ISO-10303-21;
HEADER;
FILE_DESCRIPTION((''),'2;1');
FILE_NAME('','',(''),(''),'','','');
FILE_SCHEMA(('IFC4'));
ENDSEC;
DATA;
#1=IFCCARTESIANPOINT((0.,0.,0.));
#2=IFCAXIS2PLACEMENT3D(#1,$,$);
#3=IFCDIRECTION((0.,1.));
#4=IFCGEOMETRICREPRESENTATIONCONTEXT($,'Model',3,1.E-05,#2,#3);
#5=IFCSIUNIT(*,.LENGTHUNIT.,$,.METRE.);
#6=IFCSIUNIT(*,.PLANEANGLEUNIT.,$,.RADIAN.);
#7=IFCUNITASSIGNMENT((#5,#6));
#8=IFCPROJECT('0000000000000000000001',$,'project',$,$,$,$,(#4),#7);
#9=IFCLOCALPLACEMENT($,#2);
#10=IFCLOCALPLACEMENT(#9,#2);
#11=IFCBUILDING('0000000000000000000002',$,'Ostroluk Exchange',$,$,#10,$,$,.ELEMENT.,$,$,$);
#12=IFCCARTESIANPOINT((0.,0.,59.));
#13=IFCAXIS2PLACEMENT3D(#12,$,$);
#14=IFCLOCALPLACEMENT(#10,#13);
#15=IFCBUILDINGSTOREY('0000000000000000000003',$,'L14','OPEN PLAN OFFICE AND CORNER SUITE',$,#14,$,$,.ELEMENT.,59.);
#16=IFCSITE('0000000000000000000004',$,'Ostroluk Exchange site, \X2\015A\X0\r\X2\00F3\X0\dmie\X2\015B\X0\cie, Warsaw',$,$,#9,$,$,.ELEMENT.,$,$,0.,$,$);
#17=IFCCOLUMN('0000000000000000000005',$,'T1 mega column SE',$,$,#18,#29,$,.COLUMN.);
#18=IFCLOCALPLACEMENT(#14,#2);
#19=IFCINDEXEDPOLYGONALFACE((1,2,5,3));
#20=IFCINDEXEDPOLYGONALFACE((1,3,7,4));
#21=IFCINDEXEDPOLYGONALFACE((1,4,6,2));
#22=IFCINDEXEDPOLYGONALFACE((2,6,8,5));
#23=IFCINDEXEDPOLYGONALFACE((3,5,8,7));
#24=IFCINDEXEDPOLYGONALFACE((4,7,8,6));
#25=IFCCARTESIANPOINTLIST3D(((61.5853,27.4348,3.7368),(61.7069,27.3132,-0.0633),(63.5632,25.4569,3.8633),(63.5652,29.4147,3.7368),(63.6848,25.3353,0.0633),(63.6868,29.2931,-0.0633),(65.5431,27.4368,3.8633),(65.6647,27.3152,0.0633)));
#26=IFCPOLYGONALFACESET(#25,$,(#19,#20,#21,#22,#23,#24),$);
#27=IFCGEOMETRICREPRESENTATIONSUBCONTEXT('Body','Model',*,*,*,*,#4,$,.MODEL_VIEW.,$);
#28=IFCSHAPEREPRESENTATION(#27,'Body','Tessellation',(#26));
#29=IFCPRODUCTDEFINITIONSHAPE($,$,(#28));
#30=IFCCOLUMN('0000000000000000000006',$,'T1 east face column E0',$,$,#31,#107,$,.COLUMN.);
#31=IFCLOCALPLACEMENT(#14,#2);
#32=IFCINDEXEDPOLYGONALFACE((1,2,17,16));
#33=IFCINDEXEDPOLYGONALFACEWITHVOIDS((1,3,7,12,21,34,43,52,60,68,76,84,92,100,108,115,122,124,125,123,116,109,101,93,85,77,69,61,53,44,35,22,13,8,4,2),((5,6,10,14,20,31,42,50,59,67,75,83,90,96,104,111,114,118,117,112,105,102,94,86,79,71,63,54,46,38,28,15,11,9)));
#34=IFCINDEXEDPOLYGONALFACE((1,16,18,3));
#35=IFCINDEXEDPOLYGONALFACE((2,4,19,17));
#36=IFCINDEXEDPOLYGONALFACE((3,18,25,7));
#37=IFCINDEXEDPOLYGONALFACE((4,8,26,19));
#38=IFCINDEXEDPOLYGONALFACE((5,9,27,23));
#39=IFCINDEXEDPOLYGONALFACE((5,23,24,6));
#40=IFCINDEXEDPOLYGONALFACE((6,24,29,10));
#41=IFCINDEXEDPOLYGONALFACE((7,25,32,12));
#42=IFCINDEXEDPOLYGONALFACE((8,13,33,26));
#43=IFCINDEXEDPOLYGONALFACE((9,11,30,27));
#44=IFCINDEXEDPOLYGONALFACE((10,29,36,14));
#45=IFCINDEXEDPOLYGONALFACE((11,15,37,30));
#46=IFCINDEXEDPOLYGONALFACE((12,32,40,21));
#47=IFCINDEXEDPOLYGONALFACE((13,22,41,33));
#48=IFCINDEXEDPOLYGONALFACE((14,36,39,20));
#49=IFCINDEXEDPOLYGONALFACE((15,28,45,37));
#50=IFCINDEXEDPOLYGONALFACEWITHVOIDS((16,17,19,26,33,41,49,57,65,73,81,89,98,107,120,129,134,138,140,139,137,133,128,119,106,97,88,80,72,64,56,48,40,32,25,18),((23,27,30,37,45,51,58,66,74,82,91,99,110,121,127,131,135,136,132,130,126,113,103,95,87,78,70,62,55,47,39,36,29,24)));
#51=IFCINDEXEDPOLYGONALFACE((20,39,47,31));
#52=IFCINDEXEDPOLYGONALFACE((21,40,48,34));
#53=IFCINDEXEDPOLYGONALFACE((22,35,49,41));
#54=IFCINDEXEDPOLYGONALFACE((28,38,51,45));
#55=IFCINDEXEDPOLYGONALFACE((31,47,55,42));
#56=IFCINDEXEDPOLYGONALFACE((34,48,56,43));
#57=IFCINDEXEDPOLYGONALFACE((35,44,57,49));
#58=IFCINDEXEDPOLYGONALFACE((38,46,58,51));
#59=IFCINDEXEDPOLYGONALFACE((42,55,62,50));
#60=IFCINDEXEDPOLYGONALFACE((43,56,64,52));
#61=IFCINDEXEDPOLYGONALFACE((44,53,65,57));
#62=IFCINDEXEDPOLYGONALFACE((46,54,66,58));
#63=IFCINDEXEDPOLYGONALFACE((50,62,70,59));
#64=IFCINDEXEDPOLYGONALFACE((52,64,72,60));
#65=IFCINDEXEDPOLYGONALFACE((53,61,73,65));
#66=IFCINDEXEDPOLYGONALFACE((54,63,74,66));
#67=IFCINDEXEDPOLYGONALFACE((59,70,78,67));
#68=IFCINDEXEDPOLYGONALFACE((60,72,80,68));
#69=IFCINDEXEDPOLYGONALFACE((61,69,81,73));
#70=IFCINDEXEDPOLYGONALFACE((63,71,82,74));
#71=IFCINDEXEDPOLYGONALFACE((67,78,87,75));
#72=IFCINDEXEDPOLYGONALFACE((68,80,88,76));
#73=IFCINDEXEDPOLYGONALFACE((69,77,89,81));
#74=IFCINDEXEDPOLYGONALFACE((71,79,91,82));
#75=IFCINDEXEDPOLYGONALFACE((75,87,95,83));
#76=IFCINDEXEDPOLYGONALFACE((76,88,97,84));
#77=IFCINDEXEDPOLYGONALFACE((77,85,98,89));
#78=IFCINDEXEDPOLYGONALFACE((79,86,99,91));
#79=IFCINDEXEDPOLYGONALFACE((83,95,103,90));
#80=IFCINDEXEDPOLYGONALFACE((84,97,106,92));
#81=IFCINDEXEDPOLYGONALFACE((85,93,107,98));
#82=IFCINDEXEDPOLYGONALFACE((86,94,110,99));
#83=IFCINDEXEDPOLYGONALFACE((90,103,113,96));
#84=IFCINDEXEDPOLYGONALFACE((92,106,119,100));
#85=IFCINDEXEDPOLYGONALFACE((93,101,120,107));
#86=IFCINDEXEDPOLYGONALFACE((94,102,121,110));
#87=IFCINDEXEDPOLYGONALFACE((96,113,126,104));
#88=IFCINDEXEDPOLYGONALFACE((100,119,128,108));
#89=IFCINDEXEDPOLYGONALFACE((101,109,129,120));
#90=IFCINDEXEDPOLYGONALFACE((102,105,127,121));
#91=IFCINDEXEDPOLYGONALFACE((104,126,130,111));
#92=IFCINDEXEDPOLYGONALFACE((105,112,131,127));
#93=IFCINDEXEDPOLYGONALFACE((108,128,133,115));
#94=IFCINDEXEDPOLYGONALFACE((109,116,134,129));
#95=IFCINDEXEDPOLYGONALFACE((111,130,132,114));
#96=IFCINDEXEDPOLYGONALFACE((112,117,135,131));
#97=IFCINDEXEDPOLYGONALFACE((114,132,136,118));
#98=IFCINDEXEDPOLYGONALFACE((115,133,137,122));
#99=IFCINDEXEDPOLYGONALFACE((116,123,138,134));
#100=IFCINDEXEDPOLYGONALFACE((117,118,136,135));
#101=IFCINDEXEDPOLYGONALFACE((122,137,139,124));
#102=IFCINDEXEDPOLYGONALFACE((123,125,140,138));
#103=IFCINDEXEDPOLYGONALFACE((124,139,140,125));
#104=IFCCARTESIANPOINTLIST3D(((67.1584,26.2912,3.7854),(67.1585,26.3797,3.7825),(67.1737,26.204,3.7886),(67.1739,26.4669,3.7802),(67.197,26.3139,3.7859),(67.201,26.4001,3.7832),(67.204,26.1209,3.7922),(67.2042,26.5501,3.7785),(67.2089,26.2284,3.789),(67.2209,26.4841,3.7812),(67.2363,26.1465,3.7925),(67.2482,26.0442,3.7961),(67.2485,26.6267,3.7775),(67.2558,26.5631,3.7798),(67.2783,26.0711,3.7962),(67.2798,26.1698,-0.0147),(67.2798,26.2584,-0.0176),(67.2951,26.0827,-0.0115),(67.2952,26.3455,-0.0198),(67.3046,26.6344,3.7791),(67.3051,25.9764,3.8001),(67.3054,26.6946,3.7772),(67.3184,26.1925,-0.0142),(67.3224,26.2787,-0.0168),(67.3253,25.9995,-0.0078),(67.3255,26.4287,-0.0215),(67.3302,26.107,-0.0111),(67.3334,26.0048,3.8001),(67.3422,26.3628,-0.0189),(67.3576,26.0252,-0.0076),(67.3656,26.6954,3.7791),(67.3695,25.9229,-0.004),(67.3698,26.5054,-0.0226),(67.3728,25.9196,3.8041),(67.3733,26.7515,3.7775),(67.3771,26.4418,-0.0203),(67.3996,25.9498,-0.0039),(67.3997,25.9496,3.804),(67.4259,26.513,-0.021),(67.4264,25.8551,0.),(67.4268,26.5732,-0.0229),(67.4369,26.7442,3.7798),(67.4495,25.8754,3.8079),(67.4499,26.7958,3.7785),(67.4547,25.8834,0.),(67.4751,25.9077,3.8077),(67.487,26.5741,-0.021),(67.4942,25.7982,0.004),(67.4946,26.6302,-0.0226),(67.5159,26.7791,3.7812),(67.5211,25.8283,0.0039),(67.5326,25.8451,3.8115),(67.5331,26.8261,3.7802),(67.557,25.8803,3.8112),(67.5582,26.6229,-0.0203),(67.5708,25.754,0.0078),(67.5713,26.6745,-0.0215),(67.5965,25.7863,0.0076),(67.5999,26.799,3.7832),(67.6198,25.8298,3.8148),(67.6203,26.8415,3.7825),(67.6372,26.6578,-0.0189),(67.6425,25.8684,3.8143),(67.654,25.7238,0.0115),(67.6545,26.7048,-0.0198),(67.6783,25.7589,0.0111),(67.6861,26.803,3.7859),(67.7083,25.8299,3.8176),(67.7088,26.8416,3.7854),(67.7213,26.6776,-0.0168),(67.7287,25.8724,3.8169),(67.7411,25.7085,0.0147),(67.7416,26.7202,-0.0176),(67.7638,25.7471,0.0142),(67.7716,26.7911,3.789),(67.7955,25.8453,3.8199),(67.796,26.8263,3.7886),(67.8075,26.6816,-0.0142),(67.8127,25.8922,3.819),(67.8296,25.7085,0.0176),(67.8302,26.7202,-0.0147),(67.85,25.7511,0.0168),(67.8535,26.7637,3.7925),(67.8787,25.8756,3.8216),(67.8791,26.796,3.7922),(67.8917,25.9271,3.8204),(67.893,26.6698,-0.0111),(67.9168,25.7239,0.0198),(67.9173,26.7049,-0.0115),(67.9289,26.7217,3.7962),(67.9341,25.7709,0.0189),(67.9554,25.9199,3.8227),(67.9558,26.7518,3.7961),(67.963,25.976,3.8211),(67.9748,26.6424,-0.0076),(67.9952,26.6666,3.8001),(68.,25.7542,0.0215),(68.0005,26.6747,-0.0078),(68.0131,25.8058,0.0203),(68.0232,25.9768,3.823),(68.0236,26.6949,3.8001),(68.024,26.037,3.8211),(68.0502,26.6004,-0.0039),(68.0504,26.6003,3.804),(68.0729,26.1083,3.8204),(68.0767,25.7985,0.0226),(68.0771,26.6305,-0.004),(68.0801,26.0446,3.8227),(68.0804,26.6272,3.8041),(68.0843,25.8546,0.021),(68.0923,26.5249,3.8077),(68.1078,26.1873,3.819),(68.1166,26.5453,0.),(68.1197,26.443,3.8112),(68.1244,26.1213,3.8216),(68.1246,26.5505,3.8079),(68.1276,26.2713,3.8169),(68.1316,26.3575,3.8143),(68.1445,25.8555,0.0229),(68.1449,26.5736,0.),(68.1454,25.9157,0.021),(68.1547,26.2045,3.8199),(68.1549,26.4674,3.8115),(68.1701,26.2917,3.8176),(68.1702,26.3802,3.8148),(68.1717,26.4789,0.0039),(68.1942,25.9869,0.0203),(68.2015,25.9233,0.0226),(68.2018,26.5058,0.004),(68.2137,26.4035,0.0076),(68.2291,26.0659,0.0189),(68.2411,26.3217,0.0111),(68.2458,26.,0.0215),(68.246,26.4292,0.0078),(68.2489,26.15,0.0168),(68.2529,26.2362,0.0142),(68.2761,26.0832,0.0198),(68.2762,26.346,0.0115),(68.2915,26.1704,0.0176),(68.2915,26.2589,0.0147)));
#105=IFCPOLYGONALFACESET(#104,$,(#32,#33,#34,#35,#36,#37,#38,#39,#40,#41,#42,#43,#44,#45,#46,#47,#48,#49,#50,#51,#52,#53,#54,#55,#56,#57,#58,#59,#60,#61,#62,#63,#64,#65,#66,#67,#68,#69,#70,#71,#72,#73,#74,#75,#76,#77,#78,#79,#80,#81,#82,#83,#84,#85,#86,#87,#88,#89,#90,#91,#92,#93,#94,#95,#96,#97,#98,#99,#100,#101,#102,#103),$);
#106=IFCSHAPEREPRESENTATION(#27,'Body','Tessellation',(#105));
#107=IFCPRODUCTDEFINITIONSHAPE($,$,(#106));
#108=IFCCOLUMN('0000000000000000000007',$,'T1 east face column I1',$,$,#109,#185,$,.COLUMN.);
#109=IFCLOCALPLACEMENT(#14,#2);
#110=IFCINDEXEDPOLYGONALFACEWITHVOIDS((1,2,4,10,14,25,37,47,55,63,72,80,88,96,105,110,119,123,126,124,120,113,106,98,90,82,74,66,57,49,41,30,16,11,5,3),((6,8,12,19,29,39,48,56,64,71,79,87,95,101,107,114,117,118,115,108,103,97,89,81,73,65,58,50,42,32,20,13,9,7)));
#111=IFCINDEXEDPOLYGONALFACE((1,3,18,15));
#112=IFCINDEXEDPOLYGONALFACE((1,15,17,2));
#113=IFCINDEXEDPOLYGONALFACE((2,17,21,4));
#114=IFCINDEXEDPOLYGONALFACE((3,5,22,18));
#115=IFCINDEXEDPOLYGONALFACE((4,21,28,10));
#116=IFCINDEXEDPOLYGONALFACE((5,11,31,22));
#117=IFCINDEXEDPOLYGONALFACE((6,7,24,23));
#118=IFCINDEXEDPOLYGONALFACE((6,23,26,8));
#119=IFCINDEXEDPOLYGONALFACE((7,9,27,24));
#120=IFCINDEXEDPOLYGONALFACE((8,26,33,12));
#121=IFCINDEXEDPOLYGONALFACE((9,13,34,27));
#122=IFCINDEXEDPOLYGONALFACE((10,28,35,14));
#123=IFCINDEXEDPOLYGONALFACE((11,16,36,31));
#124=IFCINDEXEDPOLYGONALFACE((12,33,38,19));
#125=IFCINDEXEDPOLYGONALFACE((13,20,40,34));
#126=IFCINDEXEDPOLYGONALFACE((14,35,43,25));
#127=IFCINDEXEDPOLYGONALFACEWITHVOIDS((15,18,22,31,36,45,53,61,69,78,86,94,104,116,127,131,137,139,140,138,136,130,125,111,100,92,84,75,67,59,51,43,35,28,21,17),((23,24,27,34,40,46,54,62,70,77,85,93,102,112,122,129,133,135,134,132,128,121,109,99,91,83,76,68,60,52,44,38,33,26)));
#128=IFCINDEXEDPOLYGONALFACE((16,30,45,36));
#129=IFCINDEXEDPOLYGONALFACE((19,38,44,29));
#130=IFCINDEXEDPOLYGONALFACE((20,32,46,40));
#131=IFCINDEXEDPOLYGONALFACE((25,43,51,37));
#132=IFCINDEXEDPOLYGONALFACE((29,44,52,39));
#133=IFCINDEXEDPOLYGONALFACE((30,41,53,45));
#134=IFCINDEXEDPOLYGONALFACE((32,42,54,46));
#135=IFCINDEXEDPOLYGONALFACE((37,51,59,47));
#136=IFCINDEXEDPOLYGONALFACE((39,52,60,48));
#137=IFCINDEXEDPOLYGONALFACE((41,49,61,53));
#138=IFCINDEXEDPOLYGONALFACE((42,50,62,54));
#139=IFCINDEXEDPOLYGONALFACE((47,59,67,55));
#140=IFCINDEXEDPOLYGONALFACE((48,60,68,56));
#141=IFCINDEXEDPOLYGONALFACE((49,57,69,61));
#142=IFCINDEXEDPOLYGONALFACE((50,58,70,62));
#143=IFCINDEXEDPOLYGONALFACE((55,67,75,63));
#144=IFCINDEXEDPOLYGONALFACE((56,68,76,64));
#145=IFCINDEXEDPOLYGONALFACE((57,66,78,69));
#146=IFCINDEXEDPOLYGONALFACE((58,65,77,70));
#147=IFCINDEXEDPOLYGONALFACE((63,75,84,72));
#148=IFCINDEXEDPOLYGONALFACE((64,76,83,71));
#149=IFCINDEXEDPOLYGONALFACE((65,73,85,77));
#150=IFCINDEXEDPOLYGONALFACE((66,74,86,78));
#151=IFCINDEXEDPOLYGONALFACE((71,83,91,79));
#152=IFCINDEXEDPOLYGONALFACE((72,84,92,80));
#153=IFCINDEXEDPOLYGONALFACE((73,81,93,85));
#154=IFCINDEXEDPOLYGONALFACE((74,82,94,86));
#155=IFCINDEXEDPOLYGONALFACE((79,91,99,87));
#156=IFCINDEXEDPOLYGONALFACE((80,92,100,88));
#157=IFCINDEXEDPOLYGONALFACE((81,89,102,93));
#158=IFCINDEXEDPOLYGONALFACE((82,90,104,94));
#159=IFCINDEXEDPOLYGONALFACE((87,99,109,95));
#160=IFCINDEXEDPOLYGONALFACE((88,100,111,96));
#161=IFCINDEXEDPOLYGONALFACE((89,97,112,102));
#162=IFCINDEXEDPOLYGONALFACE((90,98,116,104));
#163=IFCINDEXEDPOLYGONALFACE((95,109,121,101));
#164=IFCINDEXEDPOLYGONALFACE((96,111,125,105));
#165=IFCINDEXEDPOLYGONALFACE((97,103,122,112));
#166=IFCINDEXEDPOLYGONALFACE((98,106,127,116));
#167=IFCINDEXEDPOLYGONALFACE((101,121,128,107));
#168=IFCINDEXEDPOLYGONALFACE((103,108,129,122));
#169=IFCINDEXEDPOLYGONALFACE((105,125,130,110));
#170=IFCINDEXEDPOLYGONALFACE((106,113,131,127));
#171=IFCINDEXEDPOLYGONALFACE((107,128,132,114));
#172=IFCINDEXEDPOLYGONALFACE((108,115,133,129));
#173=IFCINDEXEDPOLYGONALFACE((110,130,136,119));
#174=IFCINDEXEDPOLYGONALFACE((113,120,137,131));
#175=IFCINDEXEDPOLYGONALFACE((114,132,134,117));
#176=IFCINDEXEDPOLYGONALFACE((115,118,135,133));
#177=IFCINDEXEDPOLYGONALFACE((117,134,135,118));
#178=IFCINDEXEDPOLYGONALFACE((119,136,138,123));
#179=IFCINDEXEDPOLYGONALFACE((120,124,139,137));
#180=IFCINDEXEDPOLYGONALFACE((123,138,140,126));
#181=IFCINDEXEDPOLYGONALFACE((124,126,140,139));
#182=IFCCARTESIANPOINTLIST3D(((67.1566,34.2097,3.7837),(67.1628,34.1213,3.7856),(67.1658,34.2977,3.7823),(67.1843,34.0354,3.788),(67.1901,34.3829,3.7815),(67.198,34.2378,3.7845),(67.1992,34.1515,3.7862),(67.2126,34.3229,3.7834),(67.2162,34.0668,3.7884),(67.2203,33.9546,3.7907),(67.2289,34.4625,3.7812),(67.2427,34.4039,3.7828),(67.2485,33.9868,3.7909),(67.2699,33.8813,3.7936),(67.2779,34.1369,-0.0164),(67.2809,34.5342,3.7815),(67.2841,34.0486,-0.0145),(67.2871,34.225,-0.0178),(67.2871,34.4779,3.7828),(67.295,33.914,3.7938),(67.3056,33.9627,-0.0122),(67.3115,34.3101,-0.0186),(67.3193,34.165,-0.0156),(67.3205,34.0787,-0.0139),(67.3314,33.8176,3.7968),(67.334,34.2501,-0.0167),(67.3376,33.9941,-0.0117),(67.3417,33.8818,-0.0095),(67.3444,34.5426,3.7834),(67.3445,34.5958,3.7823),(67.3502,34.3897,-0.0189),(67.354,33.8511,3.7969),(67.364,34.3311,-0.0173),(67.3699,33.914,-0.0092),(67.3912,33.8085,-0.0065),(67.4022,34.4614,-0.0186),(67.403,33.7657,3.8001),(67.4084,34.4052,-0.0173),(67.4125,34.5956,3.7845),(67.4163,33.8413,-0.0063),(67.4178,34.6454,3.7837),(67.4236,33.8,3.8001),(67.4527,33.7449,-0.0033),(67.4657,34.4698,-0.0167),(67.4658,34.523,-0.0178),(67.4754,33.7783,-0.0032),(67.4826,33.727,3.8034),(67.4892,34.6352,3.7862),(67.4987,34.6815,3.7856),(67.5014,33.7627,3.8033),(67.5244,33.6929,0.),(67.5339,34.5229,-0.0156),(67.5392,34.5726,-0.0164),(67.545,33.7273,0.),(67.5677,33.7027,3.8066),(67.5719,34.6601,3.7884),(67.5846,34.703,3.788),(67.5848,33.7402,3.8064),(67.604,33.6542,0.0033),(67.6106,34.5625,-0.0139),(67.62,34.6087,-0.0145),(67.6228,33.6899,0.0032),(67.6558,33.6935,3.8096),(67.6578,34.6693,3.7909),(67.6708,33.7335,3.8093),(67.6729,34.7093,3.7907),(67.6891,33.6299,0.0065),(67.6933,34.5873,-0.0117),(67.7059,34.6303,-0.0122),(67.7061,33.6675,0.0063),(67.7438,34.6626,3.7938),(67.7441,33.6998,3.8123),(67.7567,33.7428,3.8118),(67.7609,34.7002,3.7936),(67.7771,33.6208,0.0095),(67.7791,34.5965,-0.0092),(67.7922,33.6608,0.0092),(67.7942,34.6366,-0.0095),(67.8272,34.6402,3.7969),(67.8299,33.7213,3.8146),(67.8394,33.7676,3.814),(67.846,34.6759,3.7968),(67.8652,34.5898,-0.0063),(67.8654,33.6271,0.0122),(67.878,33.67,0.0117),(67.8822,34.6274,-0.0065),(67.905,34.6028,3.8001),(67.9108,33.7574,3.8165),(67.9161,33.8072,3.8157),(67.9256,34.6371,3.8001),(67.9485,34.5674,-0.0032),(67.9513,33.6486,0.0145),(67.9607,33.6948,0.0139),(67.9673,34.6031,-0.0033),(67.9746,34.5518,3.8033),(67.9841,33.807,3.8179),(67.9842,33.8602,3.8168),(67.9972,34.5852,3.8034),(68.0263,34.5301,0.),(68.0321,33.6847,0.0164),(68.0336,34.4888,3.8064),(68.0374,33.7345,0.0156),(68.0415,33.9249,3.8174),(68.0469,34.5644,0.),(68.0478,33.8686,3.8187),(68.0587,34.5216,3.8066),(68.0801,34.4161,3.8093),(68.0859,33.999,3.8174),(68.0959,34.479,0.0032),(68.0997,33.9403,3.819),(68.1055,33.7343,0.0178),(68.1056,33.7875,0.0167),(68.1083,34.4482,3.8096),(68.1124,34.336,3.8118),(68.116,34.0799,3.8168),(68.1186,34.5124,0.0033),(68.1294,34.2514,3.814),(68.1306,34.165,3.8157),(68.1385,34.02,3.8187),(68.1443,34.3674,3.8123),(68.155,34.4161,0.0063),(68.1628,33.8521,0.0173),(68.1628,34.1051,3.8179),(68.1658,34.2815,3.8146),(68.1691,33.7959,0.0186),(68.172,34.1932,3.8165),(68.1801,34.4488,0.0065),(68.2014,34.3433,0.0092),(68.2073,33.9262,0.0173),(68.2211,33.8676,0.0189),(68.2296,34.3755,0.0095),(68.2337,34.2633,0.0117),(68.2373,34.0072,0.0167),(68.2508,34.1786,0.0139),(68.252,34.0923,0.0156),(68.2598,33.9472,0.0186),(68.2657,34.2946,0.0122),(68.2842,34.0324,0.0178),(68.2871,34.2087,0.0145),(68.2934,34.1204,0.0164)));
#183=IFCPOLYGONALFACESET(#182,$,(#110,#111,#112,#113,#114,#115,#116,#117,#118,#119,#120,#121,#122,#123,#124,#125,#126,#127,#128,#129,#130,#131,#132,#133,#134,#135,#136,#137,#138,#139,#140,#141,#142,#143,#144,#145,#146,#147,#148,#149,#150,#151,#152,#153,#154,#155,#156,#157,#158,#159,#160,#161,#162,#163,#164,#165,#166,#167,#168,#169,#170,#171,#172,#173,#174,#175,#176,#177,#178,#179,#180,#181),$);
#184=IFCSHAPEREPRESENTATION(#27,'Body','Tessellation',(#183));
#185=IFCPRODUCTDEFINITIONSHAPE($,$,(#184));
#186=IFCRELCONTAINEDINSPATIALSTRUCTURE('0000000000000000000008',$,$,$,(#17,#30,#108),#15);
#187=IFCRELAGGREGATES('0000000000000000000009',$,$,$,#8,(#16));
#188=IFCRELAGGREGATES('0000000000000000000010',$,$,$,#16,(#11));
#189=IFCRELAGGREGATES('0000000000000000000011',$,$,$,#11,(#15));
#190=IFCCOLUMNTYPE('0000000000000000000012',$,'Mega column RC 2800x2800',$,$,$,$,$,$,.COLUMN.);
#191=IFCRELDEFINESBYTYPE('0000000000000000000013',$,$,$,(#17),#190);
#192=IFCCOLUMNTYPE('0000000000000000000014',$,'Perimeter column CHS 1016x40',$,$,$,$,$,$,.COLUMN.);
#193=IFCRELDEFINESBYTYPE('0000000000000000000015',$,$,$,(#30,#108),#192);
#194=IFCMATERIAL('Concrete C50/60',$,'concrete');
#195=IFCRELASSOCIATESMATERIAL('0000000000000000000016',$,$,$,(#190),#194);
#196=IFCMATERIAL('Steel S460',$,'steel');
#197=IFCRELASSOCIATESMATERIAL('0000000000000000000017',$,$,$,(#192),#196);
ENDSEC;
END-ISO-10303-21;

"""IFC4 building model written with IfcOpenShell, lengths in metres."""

from ifc_helpers import new_model, si_unit, direction, frame, origin, origin_2d, place, context, subcontext, project, spatial, rectangle, hollow_circle, extrude, material, material_profile, profile_set, type_object, element, save


model = new_model("IFC4")

# Units and contexts
model_context = context("Model", 3, precision=1e-05, world=origin(), true_north=direction((0.0, 1.0)))
body_context = subcontext(model_context, "Body", "Model", "MODEL_VIEW")
ifc_project = project(units=[si_unit("LENGTHUNIT", "METRE"), si_unit("PLANEANGLEUNIT", "RADIAN")], contexts=[model_context])

# Site, building, storey
site_placement = place(None, origin())
site = spatial("IfcSite", under=ifc_project, at=site_placement, Name="Ostroluk Exchange site, Śródmieście, Warsaw", CompositionType="ELEMENT", RefElevation=0.0)
building_placement = place(site_placement, origin())
building = spatial("IfcBuilding", under=site, at=building_placement, Name="Ostroluk Exchange", CompositionType="ELEMENT")
storey_placement = place(building_placement, frame((0.0, 0.0, 59.0)))
storey = spatial("IfcBuildingStorey", under=building, at=storey_placement, Name="L14", Description="OPEN PLAN OFFICE AND CORNER SUITE", CompositionType="ELEMENT", Elevation=59.0)

# Columns
ifc_material_1 = material(Name="Concrete C50/60", Category="concrete")
ifc_material_profile_1 = material_profile(ifc_material_1, rectangle(XDim=2.8, YDim=2.8, at=origin_2d()), Name="RC 2800x2800")
ifc_profile_set_1 = profile_set([ifc_material_profile_1], Name="Concrete C50/60")
column_type_1 = type_object("IfcColumnType", Name="Mega column RC 2800x2800", PredefinedType="COLUMN", material=ifc_profile_set_1)
column_1_placement = place(storey_placement, frame((63.6858, 27.3142, 0.0), z_axis=(-0.031962, 0.031962, 0.998978), x_axis=(-0.707107, -0.707107, 0.0)))
element("IfcColumn", 1, at=column_1_placement, inside=storey, type_object=column_type_1, Name="T1 mega column SE", PredefinedType="COLUMN", context=body_context, shape_type="SweptSolid", body=[
    extrude(rectangle(XDim=2.8, YDim=2.8, at=origin_2d()), origin(), (0.0, 0.0, 1.0), 3.804),
])
ifc_material_2 = material(Name="Steel S460", Category="steel")
ifc_material_profile_2 = material_profile(ifc_material_2, hollow_circle(Radius=0.5081, WallThickness=0.04, at=origin_2d()), Name="CHS 1016x40")
ifc_profile_set_2 = profile_set([ifc_material_profile_2], Name="Steel S460")
column_type_2 = type_object("IfcColumnType", Name="Perimeter column CHS 1016x40", PredefinedType="COLUMN", material=ifc_profile_set_2)
column_2_placement = place(storey_placement, frame((67.7856, 26.2144, 0.0), z_axis=(-0.031898, 0.031898, 0.998982), x_axis=(-0.707107, -0.707107, 0.0)))
element("IfcColumn", 2, at=column_2_placement, inside=storey, type_object=column_type_2, Name="T1 east face column E0", PredefinedType="COLUMN", context=body_context, shape_type="SweptSolid", body=[
    extrude(hollow_circle(Radius=0.5081, WallThickness=0.04, at=origin_2d()), origin(), (0.0, 0.0, 1.0), 3.804),
])
column_3_placement = place(storey_placement, frame((67.7856, 34.1287, 0.0), z_axis=(-0.031909, 0.019132, 0.999308), x_axis=(-0.514242, -0.857645, 0.0)))
element("IfcColumn", 3, at=column_3_placement, inside=storey, type_object=column_type_2, Name="T1 east face column I1", PredefinedType="COLUMN", context=body_context, shape_type="SweptSolid", body=[
    extrude(hollow_circle(Radius=0.5081, WallThickness=0.04, at=origin_2d()), origin(), (0.0, 0.0, 1.0), 3.8027),
])

save(model, "model.ifc")
